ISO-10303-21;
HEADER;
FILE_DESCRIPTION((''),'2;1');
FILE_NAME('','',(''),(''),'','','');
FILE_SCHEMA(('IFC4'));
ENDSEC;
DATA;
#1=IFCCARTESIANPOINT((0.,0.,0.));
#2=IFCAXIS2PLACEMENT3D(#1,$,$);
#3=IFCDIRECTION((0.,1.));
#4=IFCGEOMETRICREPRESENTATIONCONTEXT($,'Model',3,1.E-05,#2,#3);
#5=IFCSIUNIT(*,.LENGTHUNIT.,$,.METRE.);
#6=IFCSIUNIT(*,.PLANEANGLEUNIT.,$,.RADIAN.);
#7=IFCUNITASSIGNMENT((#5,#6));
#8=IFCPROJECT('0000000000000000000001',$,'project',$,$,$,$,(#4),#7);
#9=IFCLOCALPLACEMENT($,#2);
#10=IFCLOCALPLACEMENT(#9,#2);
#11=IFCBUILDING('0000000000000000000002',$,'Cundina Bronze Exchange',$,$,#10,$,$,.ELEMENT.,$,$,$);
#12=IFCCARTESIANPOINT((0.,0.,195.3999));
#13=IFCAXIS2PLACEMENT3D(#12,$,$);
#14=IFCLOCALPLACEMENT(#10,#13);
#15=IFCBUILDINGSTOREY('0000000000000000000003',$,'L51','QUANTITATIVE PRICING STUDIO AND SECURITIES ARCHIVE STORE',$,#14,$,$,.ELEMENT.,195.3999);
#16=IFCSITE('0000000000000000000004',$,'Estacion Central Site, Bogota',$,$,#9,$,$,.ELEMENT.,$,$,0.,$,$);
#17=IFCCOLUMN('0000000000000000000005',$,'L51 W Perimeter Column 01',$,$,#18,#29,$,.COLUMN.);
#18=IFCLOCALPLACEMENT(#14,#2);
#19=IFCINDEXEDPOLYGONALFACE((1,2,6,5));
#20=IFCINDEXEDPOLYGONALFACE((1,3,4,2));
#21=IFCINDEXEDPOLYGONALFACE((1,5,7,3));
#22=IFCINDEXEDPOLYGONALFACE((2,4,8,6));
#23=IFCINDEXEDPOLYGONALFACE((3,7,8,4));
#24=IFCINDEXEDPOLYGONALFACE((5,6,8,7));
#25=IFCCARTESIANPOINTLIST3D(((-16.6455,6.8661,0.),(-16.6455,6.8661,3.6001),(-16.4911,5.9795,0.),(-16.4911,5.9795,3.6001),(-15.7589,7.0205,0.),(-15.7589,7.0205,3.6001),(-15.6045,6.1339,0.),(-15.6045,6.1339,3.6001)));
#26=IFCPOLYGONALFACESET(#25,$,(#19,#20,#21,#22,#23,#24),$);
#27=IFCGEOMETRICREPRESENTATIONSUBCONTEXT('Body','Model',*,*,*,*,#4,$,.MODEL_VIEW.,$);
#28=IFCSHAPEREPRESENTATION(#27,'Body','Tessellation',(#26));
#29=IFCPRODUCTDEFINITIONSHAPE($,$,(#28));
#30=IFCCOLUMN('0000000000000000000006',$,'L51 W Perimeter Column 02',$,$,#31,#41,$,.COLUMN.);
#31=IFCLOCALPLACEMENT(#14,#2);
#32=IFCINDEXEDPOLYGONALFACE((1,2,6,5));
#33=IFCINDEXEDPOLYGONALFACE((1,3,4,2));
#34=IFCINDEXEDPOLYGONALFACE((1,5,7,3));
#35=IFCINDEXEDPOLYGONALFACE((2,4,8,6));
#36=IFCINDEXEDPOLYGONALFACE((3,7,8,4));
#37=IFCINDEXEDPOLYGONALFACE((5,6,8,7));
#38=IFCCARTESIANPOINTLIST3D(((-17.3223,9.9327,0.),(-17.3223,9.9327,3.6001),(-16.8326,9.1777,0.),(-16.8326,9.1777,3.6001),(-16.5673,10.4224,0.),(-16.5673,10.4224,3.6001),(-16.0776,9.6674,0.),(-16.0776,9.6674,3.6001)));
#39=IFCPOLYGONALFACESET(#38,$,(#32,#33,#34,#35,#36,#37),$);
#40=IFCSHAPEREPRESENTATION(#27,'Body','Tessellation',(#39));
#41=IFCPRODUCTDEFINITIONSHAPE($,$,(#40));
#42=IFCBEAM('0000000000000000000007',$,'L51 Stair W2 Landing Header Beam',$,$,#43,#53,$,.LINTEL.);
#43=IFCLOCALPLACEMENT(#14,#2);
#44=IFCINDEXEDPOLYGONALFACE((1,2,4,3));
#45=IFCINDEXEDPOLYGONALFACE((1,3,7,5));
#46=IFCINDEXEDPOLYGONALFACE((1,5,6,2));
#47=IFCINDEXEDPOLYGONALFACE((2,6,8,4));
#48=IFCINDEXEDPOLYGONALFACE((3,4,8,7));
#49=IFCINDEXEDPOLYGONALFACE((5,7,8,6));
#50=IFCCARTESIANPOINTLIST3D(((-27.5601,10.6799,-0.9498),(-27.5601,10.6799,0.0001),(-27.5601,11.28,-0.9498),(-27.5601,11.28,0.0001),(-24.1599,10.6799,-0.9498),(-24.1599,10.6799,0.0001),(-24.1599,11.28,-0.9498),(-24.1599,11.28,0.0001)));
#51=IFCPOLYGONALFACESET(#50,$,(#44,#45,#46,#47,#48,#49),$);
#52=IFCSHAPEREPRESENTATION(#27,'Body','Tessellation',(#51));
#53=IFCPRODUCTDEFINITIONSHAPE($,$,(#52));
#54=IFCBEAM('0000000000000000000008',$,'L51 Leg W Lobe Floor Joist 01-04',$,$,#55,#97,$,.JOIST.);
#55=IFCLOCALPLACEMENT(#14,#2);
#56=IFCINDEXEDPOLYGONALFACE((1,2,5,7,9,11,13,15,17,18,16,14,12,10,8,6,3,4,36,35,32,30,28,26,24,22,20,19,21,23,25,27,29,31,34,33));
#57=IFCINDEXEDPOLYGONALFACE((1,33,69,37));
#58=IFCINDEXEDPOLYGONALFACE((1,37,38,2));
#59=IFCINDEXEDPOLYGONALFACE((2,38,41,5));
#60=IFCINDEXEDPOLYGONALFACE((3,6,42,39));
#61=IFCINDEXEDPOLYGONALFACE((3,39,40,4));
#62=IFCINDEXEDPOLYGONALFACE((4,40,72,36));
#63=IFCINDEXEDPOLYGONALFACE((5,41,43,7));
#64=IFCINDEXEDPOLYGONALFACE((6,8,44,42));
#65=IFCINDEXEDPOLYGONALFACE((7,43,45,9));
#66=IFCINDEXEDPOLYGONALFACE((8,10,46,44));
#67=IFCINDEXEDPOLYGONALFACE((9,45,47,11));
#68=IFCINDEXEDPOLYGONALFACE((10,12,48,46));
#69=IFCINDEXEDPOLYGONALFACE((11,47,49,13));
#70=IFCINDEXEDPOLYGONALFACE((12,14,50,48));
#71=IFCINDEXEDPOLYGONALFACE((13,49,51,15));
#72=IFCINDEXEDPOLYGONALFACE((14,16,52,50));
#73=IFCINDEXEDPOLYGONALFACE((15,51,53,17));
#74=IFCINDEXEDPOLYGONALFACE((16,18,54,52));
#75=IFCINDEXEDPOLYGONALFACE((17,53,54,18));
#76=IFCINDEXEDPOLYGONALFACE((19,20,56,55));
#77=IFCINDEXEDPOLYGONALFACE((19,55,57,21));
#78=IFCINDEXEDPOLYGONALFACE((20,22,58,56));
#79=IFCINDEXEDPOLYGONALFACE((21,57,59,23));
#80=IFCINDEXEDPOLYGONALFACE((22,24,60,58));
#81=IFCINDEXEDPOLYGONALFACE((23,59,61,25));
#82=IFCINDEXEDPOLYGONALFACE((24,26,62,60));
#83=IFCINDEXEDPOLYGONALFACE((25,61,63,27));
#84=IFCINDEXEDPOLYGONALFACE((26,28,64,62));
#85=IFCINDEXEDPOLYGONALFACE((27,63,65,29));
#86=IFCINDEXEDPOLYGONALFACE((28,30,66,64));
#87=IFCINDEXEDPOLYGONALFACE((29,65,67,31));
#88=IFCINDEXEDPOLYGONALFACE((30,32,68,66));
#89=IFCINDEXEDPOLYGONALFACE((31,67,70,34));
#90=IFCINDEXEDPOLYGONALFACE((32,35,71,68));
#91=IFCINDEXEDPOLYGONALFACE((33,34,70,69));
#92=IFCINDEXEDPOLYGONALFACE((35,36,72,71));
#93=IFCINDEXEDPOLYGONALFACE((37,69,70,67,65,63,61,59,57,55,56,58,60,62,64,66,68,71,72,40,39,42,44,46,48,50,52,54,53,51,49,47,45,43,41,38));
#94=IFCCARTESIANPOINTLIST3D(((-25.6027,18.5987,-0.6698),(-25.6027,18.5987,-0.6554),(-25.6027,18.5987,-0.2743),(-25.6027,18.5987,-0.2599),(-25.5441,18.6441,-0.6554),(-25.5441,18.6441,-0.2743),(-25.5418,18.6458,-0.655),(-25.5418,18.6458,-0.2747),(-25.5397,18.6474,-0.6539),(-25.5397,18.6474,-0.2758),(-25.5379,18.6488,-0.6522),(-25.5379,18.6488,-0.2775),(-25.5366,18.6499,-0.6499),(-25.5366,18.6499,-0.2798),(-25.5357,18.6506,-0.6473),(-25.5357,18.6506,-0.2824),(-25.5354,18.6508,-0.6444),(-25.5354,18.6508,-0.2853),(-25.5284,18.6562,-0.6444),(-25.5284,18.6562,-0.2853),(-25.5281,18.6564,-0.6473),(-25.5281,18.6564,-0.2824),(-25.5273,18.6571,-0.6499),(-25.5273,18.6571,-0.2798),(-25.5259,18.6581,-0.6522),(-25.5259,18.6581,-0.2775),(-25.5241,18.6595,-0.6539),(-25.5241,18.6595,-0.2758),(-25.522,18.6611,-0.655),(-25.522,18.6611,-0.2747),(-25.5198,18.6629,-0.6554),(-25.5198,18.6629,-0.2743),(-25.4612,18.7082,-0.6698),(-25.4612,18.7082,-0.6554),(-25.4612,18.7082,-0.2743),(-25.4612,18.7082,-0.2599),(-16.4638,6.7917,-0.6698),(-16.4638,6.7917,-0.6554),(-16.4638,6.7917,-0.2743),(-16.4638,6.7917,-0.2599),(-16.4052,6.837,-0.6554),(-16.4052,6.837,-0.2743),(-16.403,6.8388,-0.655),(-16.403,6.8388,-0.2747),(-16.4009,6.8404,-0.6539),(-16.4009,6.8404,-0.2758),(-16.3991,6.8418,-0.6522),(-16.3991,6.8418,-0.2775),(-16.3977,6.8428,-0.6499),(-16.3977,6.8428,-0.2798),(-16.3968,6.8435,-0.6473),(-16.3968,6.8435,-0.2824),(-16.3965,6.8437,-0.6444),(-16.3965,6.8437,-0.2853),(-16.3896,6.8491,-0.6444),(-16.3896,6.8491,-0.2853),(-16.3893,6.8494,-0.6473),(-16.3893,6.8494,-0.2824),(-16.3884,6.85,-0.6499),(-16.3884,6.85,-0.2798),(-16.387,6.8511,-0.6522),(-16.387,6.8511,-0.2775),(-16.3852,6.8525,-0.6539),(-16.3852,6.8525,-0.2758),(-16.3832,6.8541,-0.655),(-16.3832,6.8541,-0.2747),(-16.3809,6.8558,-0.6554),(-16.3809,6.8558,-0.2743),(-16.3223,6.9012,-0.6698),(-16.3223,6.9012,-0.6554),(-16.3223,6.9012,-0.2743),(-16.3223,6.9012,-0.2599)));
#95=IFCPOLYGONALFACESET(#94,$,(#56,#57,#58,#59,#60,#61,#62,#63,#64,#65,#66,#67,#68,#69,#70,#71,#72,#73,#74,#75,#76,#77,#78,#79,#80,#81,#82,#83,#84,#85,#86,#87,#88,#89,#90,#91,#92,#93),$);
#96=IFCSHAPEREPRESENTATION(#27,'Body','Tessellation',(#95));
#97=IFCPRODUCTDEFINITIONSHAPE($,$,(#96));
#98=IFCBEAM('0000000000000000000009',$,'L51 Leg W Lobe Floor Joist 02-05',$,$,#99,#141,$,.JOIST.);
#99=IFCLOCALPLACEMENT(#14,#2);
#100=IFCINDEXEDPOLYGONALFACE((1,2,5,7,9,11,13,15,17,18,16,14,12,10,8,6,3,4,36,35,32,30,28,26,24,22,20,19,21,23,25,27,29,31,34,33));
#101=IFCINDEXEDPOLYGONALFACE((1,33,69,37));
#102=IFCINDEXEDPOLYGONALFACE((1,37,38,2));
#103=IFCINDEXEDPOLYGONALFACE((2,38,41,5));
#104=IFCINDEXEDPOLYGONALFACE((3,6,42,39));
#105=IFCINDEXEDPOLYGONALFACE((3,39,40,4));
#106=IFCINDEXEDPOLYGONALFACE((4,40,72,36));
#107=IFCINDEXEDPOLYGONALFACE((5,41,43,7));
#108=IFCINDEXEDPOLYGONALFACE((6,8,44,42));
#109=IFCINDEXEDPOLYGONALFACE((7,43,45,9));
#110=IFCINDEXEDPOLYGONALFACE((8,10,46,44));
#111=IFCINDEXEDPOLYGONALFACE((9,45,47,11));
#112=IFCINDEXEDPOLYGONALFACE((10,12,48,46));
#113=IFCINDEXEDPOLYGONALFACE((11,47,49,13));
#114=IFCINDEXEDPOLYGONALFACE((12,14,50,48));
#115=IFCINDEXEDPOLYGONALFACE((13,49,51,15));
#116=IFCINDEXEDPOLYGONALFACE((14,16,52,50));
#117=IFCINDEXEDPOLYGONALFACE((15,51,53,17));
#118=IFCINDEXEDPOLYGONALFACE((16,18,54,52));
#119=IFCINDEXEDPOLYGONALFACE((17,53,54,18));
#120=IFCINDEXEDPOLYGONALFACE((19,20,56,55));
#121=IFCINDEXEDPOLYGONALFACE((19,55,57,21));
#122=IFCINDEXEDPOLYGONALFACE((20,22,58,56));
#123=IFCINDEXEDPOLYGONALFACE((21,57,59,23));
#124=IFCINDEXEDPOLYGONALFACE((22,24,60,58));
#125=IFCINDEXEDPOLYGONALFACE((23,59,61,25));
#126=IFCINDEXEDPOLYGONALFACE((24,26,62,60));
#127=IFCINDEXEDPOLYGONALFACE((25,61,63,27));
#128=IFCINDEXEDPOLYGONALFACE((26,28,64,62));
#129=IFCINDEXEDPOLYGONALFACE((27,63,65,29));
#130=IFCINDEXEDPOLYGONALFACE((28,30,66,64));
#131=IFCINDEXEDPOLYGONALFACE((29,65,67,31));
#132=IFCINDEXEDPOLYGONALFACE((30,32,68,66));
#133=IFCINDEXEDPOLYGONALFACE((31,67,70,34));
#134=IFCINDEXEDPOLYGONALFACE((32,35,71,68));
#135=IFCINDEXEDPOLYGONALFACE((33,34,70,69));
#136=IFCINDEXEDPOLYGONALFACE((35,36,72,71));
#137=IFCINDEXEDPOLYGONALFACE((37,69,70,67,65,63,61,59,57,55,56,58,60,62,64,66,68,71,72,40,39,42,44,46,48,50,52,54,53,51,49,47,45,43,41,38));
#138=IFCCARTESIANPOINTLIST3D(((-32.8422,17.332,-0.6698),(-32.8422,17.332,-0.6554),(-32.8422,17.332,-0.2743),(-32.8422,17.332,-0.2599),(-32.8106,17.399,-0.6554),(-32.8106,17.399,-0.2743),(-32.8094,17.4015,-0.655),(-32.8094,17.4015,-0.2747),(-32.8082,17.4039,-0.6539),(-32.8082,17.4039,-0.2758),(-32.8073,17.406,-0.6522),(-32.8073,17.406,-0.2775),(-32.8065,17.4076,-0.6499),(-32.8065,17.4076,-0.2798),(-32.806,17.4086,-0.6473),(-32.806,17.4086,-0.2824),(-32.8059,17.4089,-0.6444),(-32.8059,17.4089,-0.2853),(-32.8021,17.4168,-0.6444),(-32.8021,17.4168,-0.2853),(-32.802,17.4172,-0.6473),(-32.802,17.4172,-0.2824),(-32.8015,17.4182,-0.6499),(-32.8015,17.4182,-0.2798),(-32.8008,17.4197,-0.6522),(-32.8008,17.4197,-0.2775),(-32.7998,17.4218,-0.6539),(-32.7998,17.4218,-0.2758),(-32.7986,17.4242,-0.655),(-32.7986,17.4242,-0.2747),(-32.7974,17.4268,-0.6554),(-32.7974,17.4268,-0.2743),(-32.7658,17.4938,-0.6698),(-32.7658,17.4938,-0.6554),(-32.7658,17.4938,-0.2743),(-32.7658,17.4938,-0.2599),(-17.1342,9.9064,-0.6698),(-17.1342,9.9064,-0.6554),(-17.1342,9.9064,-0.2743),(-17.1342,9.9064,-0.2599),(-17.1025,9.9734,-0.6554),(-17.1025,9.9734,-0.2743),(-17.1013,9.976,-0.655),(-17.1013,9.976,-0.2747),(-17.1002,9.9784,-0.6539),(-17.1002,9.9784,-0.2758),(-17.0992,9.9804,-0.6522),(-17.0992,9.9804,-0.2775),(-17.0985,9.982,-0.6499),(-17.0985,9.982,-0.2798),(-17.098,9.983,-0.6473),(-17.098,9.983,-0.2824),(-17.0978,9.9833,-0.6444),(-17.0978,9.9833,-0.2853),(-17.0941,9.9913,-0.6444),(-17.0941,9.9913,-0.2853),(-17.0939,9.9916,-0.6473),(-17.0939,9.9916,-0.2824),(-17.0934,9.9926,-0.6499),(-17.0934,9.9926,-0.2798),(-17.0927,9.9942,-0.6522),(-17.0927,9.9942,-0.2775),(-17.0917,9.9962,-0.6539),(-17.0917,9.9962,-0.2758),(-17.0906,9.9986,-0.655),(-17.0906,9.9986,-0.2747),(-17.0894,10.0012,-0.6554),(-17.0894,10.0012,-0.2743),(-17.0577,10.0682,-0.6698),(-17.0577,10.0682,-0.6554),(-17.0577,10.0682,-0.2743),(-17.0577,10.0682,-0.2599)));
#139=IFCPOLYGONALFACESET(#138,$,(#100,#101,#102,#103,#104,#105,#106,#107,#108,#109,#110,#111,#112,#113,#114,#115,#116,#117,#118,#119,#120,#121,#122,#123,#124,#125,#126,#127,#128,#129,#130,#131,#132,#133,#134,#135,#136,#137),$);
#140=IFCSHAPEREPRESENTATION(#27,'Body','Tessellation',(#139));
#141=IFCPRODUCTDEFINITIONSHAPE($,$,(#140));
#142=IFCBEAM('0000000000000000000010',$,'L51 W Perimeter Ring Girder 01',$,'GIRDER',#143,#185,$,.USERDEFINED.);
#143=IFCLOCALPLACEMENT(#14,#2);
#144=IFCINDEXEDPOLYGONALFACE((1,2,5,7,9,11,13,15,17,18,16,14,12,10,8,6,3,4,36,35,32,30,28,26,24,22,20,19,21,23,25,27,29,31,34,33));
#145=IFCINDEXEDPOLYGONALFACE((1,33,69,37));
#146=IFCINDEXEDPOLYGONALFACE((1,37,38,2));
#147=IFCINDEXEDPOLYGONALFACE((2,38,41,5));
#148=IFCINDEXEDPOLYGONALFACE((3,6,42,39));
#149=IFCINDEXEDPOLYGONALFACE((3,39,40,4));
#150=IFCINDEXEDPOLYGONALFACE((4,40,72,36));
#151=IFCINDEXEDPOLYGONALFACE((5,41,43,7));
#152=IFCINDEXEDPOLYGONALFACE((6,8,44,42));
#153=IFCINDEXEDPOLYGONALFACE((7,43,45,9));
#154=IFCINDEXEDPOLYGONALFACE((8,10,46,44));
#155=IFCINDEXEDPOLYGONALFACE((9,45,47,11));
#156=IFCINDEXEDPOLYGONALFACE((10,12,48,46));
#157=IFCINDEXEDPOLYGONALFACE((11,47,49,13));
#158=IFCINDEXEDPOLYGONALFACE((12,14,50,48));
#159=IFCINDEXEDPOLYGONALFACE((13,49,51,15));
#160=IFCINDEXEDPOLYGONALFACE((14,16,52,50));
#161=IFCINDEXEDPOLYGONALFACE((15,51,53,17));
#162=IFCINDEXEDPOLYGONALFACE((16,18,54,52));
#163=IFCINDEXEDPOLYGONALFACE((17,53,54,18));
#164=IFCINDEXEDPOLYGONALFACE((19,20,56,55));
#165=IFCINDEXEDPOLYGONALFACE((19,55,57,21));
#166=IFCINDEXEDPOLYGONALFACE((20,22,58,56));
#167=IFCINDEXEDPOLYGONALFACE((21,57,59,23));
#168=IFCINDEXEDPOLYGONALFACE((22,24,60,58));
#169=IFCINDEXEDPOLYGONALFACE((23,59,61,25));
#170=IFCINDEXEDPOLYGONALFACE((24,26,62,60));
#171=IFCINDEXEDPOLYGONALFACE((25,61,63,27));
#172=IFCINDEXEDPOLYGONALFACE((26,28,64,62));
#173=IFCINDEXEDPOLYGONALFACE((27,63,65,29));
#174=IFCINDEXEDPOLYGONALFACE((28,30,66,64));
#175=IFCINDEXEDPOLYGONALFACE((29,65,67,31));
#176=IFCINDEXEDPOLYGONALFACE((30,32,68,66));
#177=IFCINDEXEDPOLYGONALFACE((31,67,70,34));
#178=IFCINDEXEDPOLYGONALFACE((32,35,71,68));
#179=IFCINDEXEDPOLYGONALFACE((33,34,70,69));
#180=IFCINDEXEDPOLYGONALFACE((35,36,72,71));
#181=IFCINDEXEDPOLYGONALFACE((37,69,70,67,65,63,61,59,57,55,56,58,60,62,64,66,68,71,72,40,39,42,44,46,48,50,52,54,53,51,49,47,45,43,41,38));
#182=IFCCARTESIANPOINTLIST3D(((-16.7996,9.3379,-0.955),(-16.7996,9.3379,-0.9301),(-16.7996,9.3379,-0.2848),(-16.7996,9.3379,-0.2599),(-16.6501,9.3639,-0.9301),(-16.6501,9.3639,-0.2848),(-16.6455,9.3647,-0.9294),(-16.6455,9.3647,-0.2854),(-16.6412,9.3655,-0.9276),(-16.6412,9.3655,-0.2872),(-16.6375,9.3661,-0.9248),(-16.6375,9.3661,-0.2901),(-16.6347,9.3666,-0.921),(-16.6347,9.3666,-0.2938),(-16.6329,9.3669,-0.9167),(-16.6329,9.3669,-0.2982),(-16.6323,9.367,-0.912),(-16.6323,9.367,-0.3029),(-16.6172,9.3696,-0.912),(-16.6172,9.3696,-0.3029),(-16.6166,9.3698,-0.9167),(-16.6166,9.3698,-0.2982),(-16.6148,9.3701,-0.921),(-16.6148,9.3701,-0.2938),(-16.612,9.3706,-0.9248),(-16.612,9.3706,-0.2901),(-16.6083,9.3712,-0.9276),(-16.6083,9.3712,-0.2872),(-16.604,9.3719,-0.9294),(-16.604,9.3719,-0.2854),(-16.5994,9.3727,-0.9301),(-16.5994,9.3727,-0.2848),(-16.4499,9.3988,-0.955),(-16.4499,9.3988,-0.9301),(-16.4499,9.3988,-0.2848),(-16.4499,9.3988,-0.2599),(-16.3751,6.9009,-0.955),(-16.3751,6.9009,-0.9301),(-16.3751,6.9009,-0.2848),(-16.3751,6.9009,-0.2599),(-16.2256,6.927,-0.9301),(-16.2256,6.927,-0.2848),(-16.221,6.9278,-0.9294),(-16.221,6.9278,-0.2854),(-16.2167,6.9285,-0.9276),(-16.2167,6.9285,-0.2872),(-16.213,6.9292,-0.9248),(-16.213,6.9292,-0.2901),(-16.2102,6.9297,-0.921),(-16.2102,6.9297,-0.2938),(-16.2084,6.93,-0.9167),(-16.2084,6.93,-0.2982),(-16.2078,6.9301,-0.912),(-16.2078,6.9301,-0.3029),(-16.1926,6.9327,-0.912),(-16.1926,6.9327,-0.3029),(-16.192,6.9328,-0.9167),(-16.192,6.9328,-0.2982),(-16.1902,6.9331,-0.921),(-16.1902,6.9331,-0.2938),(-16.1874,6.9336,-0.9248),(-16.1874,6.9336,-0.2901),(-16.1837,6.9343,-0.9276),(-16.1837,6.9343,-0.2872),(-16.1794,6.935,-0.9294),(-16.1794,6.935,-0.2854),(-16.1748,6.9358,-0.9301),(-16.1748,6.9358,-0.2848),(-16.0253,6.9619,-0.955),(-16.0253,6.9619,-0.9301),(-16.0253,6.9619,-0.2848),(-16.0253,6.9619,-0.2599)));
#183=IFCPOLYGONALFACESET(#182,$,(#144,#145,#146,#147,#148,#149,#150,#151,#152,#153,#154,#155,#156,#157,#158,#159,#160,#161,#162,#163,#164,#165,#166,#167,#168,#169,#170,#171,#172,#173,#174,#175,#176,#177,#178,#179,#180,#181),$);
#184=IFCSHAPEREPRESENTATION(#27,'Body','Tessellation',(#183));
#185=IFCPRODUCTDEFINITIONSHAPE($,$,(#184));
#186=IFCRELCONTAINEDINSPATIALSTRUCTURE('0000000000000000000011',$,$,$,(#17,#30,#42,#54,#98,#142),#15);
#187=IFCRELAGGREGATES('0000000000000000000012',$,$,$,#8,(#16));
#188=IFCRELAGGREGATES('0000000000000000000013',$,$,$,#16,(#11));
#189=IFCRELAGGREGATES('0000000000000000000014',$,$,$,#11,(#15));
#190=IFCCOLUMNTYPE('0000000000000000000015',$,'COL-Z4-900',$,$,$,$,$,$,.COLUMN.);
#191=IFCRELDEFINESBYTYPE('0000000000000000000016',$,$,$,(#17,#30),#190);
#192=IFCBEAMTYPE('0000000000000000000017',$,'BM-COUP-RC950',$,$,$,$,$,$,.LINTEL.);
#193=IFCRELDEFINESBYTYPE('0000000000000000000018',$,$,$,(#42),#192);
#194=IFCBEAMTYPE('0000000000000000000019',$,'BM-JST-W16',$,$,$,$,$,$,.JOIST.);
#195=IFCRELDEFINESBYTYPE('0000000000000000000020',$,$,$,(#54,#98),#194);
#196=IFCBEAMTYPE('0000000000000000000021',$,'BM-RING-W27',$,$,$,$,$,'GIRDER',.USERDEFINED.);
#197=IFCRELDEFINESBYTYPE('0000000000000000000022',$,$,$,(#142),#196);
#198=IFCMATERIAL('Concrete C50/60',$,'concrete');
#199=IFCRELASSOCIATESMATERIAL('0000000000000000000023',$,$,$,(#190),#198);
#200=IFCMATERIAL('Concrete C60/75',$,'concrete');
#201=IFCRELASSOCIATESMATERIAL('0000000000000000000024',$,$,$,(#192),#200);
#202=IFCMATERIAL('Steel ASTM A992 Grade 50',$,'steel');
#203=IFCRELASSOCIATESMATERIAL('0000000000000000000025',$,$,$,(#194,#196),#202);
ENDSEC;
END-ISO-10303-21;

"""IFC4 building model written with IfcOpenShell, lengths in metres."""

from ifc_helpers import new_model, si_unit, direction, frame, origin, origin_2d, place, context, subcontext, project, spatial, rectangle, i_section, extrude, material, material_profile, profile_set, type_object, element, save


model = new_model("IFC4")

# Units and contexts
model_context = context("Model", 3, precision=1e-05, world=origin(), true_north=direction((0.0, 1.0)))
body_context = subcontext(model_context, "Body", "Model", "MODEL_VIEW")
ifc_project = project(units=[si_unit("LENGTHUNIT", "METRE"), si_unit("PLANEANGLEUNIT", "RADIAN")], contexts=[model_context])

# Site, building, storey
site_placement = place(None, origin())
site = spatial("IfcSite", under=ifc_project, at=site_placement, Name="Estacion Central Site, Bogota", CompositionType="ELEMENT", RefElevation=0.0)
building_placement = place(site_placement, origin())
building = spatial("IfcBuilding", under=site, at=building_placement, Name="Cundina Bronze Exchange", CompositionType="ELEMENT")
storey_placement = place(building_placement, frame((0.0, 0.0, 195.3999)))
storey = spatial("IfcBuildingStorey", under=building, at=storey_placement, Name="L51", Description="QUANTITATIVE PRICING STUDIO AND SECURITIES ARCHIVE STORE", CompositionType="ELEMENT", Elevation=195.3999)

# Columns
ifc_material_1 = material(Name="Concrete C50/60", Category="concrete")
ifc_material_profile_1 = material_profile(ifc_material_1, rectangle(XDim=0.8999, YDim=0.8999, at=origin_2d()), Name="RC900X900", Category="concrete")
ifc_profile_set_1 = profile_set([ifc_material_profile_1], Name="Concrete C50/60")
column_type = type_object("IfcColumnType", Name="COL-Z4-900", PredefinedType="COLUMN", material=ifc_profile_set_1)
for number, where, z_axis, x_axis, name in (
    (1, (-16.125, 6.5, 0.0), (0.0, 0.0, 1.0), (-0.171585, 0.985169, 0.0), "L51 W Perimeter Column 01"),
    (2, (-16.7, 9.8, 0.0), (0.0, 0.0, 1.0), (-0.5442, 0.838956, 0.0), "L51 W Perimeter Column 02"),
):
    element("IfcColumn", number, at=place(storey_placement, frame(where, z_axis=z_axis, x_axis=x_axis)), inside=storey, type_object=column_type, Name=name, PredefinedType="COLUMN", context=body_context, shape_type="SweptSolid", body=[
        extrude(rectangle(XDim=0.8999, YDim=0.8999, at=origin_2d()), origin(), (0.0, 0.0, 1.0), 3.6001),
    ])

# Beams
ifc_material_2 = material(Name="Concrete C60/75", Category="concrete")
ifc_material_profile_2 = material_profile(ifc_material_2, rectangle(XDim=0.6001, YDim=0.95, at=origin_2d()), Name="RC600X950", Category="concrete")
ifc_profile_set_2 = profile_set([ifc_material_profile_2], Name="Concrete C60/75")
beam_type_1 = type_object("IfcBeamType", Name="BM-COUP-RC950", PredefinedType="LINTEL", material=ifc_profile_set_2)
beam_1_placement = place(storey_placement, frame((-27.5601, 10.98, -0.4749), z_axis=(1.0, 0.0, 0.0), x_axis=(0.0, 1.0, 0.0)))
element("IfcBeam", 3, at=beam_1_placement, inside=storey, type_object=beam_type_1, Name="L51 Stair W2 Landing Header Beam", PredefinedType="LINTEL", context=body_context, shape_type="SweptSolid", body=[
    extrude(rectangle(XDim=0.6001, YDim=0.95, at=origin_2d()), origin(), (0.0, 0.0, 1.0), 3.4001),
])
ifc_material_3 = material(Name="Steel ASTM A992 Grade 50", Category="steel")
ifc_material_profile_3 = material_profile(ifc_material_3, i_section(OverallWidth=0.179, OverallDepth=0.4099, WebThickness=0.0088, FlangeThickness=0.0144, FilletRadius=0.011, at=origin_2d()), Name="W16X45", Category="steel")
ifc_profile_set_3 = profile_set([ifc_material_profile_3], Name="Steel ASTM A992 Grade 50")
beam_type_2 = type_object("IfcBeamType", Name="BM-JST-W16", PredefinedType="JOIST", material=ifc_profile_set_3)
beam_2_placement = place(storey_placement, frame((-16.3931, 6.8464, -0.4648), z_axis=(-0.612086, 0.790791, 0.0), x_axis=(-0.790791, -0.612086, 0.0)))
element("IfcBeam", 4, at=beam_2_placement, inside=storey, type_object=beam_type_2, Name="L51 Leg W Lobe Floor Joist 01-04", PredefinedType="JOIST", context=body_context, shape_type="SweptSolid", body=[
    extrude(i_section(OverallWidth=0.179, OverallDepth=0.4099, WebThickness=0.0088, FlangeThickness=0.0144, FilletRadius=0.011, at=origin_2d()), origin(), (0.0, 0.0, 1.0), 14.9307),
])
beam_3_placement = place(storey_placement, frame((-17.0959, 9.9873, -0.4648), z_axis=(-0.904074, 0.427376, 0.0), x_axis=(-0.427376, -0.904074, 0.0)))
element("IfcBeam", 5, at=beam_3_placement, inside=storey, type_object=beam_type_2, Name="L51 Leg W Lobe Floor Joist 02-05", PredefinedType="JOIST", context=body_context, shape_type="SweptSolid", body=[
    extrude(i_section(OverallWidth=0.179, OverallDepth=0.4099, WebThickness=0.0088, FlangeThickness=0.0144, FilletRadius=0.011, at=origin_2d()), origin(), (0.0, 0.0, 1.0), 17.3748),
])
ifc_material_profile_4 = material_profile(ifc_material_3, i_section(OverallWidth=0.355, OverallDepth=0.6951, WebThickness=0.0154, FlangeThickness=0.0249, FilletRadius=0.0181, at=origin_2d()), Name="W27X146", Category="steel")
ifc_profile_set_4 = profile_set([ifc_material_profile_4], Name="Steel ASTM A992 Grade 50")
beam_type_3 = type_object("IfcBeamType", Name="BM-RING-W27", ElementType="GIRDER", PredefinedType="USERDEFINED", material=ifc_profile_set_4)
beam_4_placement = place(storey_placement, frame((-16.2002, 6.9314, -0.6074), z_axis=(-0.171629, 0.985162, 0.0), x_axis=(-0.985162, -0.171629, 0.0)))
element("IfcBeam", 6, at=beam_4_placement, inside=storey, type_object=beam_type_3, Name="L51 W Perimeter Ring Girder 01", ObjectType="GIRDER", PredefinedType="USERDEFINED", context=body_context, shape_type="SweptSolid", body=[
    extrude(i_section(OverallWidth=0.355, OverallDepth=0.6951, WebThickness=0.0154, FlangeThickness=0.0249, FilletRadius=0.0181, at=origin_2d()), origin(), (0.0, 0.0, 1.0), 2.4736),
])

save(model, "model.ifc")
